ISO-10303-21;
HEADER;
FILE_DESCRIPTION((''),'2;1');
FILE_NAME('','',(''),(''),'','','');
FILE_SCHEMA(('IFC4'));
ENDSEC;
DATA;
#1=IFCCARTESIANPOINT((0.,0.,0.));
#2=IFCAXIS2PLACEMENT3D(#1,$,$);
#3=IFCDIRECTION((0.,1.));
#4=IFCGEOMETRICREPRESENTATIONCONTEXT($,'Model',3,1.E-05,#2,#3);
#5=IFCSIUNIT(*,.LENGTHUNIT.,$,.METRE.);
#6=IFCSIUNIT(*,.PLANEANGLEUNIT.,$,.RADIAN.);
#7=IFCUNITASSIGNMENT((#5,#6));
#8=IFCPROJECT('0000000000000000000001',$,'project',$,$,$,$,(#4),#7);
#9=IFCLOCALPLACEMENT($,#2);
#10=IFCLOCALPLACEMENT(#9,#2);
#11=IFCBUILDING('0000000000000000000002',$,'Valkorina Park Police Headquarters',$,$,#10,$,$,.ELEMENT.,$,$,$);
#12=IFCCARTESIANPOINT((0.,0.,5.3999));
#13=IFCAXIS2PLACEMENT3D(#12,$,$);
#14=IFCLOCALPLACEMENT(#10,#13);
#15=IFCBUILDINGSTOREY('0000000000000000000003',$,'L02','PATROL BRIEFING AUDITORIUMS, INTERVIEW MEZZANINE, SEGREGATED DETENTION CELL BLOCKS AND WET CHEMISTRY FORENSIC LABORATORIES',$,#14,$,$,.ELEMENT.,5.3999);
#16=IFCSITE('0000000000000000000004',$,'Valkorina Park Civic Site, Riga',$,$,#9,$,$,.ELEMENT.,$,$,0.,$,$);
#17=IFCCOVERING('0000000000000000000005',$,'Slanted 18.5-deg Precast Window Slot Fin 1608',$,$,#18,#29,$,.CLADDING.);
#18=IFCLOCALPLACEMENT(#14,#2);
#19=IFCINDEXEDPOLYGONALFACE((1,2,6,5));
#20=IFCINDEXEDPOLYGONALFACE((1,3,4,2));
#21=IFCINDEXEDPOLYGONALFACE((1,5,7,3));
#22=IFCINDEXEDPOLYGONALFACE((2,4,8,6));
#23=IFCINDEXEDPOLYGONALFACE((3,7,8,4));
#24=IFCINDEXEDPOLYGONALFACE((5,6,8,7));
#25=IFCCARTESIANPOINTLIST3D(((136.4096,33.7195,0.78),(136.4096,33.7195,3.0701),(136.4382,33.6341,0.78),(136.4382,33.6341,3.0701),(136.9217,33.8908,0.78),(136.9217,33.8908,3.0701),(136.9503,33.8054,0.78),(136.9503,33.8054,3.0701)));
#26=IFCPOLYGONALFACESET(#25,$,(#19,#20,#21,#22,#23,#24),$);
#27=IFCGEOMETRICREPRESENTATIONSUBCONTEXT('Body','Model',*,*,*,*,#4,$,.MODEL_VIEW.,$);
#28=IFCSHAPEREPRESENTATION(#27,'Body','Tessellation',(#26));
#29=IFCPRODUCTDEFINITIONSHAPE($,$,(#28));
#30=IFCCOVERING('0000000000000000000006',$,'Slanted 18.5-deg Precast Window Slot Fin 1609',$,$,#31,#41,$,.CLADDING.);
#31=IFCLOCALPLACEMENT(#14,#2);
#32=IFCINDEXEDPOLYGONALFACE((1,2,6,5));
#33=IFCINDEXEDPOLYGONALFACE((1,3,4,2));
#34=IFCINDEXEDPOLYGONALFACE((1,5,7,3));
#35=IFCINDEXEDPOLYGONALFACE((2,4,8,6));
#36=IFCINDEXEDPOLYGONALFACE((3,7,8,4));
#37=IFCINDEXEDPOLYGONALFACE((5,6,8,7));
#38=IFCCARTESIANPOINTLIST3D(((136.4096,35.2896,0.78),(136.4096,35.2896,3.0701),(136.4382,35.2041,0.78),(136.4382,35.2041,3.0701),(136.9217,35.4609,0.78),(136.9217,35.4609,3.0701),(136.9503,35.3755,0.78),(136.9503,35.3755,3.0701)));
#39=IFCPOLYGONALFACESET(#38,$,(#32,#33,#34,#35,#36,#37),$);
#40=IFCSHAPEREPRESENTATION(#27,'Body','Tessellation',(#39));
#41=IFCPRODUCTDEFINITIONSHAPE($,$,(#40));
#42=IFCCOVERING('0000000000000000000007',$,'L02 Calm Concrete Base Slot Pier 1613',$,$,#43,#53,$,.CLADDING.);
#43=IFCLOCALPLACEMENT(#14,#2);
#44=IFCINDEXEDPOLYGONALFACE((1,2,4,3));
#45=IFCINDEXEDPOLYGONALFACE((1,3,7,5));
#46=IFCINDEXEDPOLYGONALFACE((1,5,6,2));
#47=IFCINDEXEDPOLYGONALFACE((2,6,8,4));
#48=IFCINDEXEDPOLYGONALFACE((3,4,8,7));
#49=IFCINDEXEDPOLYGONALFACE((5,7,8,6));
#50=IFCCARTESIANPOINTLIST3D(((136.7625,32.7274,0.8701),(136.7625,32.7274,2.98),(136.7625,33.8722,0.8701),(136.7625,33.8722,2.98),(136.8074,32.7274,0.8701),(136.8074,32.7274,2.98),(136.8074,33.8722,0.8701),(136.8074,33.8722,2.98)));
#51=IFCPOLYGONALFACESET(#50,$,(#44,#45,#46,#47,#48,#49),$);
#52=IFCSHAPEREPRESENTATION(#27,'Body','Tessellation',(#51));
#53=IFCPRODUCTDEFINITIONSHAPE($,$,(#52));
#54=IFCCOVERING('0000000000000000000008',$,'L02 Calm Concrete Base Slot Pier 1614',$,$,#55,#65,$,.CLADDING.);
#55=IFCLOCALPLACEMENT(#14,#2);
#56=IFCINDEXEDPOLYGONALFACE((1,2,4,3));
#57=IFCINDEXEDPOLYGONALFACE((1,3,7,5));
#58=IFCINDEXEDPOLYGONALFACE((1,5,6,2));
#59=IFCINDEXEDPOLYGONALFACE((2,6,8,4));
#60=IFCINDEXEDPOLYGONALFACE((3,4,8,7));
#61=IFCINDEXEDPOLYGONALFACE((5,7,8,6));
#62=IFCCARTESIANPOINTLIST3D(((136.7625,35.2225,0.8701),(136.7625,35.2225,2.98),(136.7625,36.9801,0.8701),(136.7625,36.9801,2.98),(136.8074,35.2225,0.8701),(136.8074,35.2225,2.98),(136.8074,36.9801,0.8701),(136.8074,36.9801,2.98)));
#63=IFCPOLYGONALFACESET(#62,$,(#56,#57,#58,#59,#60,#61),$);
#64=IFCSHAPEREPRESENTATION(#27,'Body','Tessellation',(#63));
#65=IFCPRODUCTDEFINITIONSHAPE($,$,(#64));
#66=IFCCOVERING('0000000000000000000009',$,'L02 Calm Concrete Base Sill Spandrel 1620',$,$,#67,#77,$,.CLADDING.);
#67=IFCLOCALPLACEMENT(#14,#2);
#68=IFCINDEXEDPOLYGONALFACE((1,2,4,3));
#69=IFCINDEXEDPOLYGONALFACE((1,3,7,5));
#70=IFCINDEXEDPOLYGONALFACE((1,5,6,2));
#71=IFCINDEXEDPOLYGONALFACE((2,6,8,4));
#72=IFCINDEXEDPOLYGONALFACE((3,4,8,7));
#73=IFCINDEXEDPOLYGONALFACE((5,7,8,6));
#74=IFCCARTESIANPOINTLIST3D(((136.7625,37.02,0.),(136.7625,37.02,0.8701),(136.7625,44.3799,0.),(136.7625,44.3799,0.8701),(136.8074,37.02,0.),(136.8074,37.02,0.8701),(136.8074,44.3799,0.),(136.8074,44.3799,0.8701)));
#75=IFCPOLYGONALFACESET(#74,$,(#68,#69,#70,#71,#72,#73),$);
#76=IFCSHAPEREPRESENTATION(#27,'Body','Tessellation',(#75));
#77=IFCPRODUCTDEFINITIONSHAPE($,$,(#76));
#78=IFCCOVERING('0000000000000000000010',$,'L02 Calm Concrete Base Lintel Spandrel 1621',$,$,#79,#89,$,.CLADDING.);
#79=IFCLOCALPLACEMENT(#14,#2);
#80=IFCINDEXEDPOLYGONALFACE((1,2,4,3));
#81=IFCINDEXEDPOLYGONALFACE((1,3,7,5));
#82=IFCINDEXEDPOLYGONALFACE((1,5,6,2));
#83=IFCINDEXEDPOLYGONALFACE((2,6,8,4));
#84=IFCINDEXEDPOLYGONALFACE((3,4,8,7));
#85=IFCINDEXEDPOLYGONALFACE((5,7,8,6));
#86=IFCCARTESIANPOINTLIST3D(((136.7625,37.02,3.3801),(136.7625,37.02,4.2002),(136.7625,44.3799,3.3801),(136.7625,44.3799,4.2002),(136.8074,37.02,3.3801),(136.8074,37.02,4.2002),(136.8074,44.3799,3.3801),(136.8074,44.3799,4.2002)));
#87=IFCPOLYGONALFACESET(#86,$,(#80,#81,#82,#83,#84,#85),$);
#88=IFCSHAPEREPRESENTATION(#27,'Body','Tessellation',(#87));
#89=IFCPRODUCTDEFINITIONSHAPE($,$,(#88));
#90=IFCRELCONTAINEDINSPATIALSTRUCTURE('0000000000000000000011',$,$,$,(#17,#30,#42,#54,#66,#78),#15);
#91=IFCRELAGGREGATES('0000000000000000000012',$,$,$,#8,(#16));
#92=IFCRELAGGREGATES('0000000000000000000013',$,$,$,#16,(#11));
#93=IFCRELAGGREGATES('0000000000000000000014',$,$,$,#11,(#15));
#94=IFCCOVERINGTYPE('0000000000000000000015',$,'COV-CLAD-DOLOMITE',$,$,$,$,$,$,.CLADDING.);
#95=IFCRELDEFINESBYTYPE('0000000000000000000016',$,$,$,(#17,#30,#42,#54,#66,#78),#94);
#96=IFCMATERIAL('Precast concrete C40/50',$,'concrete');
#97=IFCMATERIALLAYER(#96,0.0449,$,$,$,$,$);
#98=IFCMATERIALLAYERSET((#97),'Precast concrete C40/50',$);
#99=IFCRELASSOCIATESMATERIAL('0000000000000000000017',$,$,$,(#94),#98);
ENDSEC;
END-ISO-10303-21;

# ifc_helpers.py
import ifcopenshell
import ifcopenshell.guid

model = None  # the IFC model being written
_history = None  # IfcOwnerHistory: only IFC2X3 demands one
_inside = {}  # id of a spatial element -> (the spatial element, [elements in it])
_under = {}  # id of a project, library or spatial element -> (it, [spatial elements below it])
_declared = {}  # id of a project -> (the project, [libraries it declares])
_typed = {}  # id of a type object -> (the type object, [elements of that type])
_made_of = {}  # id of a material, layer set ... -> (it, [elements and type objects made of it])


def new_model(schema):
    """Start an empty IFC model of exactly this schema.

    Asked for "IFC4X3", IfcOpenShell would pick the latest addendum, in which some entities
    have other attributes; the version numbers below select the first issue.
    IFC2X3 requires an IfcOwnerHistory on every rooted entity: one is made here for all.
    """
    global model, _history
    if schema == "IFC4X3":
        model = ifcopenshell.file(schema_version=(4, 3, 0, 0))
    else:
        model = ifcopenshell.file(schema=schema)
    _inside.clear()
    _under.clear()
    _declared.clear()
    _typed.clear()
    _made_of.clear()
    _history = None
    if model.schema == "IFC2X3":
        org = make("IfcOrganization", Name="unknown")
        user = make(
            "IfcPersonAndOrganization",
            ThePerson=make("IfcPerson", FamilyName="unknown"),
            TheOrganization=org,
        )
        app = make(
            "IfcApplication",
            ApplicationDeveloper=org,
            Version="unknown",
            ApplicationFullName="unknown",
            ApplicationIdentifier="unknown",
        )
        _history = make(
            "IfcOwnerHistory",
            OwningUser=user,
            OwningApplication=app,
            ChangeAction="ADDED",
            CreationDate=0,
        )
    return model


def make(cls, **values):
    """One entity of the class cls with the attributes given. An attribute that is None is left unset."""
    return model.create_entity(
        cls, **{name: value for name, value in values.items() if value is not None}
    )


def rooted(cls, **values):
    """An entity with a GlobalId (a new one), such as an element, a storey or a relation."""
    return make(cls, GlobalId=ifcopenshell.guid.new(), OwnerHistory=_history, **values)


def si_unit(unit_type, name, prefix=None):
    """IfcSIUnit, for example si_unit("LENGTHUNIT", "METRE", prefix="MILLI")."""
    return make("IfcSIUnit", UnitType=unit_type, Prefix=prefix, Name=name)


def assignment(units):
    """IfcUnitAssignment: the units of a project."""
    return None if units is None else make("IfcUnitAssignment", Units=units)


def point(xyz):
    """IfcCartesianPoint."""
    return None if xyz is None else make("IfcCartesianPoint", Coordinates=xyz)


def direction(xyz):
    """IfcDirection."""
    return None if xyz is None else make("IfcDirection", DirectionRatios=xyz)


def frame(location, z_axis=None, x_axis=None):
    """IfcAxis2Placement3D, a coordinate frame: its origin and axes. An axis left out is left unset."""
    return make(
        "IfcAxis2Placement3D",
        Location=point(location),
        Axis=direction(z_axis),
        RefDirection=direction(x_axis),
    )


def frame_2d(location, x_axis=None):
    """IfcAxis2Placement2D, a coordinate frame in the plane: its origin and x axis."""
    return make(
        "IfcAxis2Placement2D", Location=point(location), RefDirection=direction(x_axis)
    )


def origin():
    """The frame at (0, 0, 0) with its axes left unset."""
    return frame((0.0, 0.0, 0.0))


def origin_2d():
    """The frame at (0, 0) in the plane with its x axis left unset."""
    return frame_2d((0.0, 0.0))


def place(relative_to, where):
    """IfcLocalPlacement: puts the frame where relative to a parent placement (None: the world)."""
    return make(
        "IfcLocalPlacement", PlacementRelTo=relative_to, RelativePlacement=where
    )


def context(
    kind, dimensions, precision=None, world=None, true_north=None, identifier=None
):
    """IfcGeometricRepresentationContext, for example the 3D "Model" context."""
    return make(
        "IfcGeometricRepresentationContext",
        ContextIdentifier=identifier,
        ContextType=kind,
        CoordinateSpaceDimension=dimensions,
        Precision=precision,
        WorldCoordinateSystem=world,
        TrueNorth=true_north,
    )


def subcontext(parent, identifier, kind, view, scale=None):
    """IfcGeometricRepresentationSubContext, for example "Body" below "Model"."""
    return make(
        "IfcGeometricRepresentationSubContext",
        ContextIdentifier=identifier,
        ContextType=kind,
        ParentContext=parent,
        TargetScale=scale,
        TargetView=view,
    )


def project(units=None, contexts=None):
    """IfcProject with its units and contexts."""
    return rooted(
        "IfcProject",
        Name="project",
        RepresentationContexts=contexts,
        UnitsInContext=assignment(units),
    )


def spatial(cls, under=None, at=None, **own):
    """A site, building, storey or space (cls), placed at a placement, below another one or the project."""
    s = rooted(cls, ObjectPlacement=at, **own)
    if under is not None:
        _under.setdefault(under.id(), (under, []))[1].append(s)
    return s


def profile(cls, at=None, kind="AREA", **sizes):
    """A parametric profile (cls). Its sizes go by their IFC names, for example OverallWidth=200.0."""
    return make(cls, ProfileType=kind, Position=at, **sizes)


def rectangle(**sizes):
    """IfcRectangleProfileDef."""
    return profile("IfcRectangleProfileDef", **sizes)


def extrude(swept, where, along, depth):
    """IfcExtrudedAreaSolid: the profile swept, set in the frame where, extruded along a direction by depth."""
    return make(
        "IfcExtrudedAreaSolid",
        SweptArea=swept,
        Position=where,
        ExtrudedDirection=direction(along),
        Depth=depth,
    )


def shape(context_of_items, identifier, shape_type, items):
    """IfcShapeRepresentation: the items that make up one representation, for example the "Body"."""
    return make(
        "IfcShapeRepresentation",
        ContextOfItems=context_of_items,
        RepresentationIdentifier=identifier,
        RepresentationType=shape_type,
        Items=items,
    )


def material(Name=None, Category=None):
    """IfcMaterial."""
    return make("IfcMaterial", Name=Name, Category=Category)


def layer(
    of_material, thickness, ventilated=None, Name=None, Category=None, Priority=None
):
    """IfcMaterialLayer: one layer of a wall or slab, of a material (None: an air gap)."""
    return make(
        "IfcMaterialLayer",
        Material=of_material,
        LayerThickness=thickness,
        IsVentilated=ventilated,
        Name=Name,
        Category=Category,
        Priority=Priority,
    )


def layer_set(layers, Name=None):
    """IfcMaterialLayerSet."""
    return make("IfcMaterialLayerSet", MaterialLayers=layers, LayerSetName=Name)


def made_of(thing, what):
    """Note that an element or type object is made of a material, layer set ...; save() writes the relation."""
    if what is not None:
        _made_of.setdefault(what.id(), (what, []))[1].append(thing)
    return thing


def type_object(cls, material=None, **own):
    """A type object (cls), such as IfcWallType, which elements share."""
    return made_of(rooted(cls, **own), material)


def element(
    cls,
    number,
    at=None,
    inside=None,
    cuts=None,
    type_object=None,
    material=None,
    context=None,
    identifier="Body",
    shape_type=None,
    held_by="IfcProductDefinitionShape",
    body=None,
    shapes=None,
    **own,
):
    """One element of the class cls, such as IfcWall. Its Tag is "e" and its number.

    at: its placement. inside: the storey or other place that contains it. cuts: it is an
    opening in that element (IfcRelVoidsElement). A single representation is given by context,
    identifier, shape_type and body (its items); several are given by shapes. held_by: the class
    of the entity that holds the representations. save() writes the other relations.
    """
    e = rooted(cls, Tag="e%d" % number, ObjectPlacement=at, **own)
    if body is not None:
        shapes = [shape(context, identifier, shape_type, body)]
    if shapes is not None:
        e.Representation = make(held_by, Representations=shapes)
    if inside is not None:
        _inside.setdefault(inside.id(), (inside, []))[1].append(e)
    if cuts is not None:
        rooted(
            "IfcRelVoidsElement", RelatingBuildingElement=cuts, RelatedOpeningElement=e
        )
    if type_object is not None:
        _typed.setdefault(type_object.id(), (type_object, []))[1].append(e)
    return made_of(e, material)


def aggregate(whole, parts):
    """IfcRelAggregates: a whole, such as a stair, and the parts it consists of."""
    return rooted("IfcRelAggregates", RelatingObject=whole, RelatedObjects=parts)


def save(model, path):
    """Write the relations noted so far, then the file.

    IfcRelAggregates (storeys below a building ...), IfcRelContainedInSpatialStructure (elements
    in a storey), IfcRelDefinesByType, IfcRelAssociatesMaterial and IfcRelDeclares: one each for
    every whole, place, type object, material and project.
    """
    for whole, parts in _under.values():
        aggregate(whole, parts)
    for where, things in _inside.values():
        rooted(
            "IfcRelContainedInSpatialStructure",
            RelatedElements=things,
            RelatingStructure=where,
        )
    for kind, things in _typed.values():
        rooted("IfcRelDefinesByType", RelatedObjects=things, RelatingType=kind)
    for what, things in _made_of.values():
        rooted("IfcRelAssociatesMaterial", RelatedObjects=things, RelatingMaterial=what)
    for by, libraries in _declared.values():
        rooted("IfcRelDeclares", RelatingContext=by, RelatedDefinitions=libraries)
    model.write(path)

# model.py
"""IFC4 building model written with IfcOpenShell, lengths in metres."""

from ifc_helpers import new_model, si_unit, direction, frame, frame_2d, origin, origin_2d, place, context, subcontext, project, spatial, rectangle, extrude, material, layer, layer_set, type_object, element, save


model = new_model("IFC4")

# Units and contexts
model_context = context("Model", 3, precision=1e-05, world=origin(), true_north=direction((0.0, 1.0)))
body_context = subcontext(model_context, "Body", "Model", "MODEL_VIEW")
ifc_project = project(units=[si_unit("LENGTHUNIT", "METRE"), si_unit("PLANEANGLEUNIT", "RADIAN")], contexts=[model_context])

# Site, building, storey
site_placement = place(None, origin())
site = spatial("IfcSite", under=ifc_project, at=site_placement, Name="Valkorina Park Civic Site, Riga", CompositionType="ELEMENT", RefElevation=0.0)
building_placement = place(site_placement, origin())
building = spatial("IfcBuilding", under=site, at=building_placement, Name="Valkorina Park Police Headquarters", CompositionType="ELEMENT")
storey_placement = place(building_placement, frame((0.0, 0.0, 5.3999)))
storey = spatial("IfcBuildingStorey", under=building, at=storey_placement, Name="L02", Description="PATROL BRIEFING AUDITORIUMS, INTERVIEW MEZZANINE, SEGREGATED DETENTION CELL BLOCKS AND WET CHEMISTRY FORENSIC LABORATORIES", CompositionType="ELEMENT", Elevation=5.3999)

# Shared definitions
ifc_material_1 = material(Name="Precast concrete C40/50", Category="concrete")

# Coverings
ifc_layer_1 = layer(ifc_material_1, 0.0449)
ifc_layer_set_1 = layer_set([ifc_layer_1], Name="Precast concrete C40/50")
covering_type = type_object("IfcCoveringType", Name="COV-CLAD-DOLOMITE", PredefinedType="CLADDING", material=ifc_layer_set_1)
for number, where, z_axis, x_axis, name in (
    (1, (136.6799, 33.7625, 0.78), (0.0, 0.0, 1.0), (-0.948324, -0.317305, 0.0), "Slanted 18.5-deg Precast Window Slot Fin 1608"),
    (2, (136.6799, 35.3325, 0.78), (0.0, 0.0, 1.0), (-0.948324, -0.317305, 0.0), "Slanted 18.5-deg Precast Window Slot Fin 1609"),
):
    element("IfcCovering", number, at=place(storey_placement, frame(where, z_axis=z_axis, x_axis=x_axis)), inside=storey, type_object=covering_type, Name=name, PredefinedType="CLADDING", context=body_context, shape_type="SweptSolid", body=[
        extrude(rectangle(XDim=0.54, YDim=0.0901, at=origin_2d()), origin(), (0.0, 0.0, 1.0), 2.29),
    ])
covering_1_placement = place(storey_placement, frame((136.7849, 32.7275, 0.8701), z_axis=(0.0, 0.0, 1.0), x_axis=(0.0, 1.0, 0.0)))
element("IfcCovering", 3, at=covering_1_placement, inside=storey, type_object=covering_type, Name="L02 Calm Concrete Base Slot Pier 1613", PredefinedType="CLADDING", context=body_context, shape_type="SweptSolid", body=[
    extrude(rectangle(XDim=1.1448, YDim=0.0449, at=frame_2d((0.5723, 0.0))), origin(), (0.0, 0.0, 1.0), 2.1099),
])
covering_2_placement = place(storey_placement, frame((136.7849, 35.2224, 0.8701), z_axis=(0.0, 0.0, 1.0), x_axis=(0.0, 1.0, 0.0)))
element("IfcCovering", 4, at=covering_2_placement, inside=storey, type_object=covering_type, Name="L02 Calm Concrete Base Slot Pier 1614", PredefinedType="CLADDING", context=body_context, shape_type="SweptSolid", body=[
    extrude(rectangle(XDim=1.7576, YDim=0.0449, at=frame_2d((0.8789, 0.0))), origin(), (0.0, 0.0, 1.0), 2.1099),
])
covering_3_placement = place(storey_placement, frame((136.7849, 37.02, 0.0), z_axis=(0.0, 0.0, 1.0), x_axis=(0.0, 1.0, 0.0)))
element("IfcCovering", 5, at=covering_3_placement, inside=storey, type_object=covering_type, Name="L02 Calm Concrete Base Sill Spandrel 1620", PredefinedType="CLADDING", context=body_context, shape_type="SweptSolid", body=[
    extrude(rectangle(XDim=7.3599, YDim=0.0449, at=frame_2d((3.6799, 0.0))), origin(), (0.0, 0.0, 1.0), 0.8701),
])
covering_4_placement = place(storey_placement, frame((136.7849, 37.02, 3.3801), z_axis=(0.0, 0.0, 1.0), x_axis=(0.0, 1.0, 0.0)))
element("IfcCovering", 6, at=covering_4_placement, inside=storey, type_object=covering_type, Name="L02 Calm Concrete Base Lintel Spandrel 1621", PredefinedType="CLADDING", context=body_context, shape_type="SweptSolid", body=[
    extrude(rectangle(XDim=7.3599, YDim=0.0449, at=frame_2d((3.6799, 0.0))), origin(), (0.0, 0.0, 1.0), 0.8201),
])

save(model, "model.ifc")
